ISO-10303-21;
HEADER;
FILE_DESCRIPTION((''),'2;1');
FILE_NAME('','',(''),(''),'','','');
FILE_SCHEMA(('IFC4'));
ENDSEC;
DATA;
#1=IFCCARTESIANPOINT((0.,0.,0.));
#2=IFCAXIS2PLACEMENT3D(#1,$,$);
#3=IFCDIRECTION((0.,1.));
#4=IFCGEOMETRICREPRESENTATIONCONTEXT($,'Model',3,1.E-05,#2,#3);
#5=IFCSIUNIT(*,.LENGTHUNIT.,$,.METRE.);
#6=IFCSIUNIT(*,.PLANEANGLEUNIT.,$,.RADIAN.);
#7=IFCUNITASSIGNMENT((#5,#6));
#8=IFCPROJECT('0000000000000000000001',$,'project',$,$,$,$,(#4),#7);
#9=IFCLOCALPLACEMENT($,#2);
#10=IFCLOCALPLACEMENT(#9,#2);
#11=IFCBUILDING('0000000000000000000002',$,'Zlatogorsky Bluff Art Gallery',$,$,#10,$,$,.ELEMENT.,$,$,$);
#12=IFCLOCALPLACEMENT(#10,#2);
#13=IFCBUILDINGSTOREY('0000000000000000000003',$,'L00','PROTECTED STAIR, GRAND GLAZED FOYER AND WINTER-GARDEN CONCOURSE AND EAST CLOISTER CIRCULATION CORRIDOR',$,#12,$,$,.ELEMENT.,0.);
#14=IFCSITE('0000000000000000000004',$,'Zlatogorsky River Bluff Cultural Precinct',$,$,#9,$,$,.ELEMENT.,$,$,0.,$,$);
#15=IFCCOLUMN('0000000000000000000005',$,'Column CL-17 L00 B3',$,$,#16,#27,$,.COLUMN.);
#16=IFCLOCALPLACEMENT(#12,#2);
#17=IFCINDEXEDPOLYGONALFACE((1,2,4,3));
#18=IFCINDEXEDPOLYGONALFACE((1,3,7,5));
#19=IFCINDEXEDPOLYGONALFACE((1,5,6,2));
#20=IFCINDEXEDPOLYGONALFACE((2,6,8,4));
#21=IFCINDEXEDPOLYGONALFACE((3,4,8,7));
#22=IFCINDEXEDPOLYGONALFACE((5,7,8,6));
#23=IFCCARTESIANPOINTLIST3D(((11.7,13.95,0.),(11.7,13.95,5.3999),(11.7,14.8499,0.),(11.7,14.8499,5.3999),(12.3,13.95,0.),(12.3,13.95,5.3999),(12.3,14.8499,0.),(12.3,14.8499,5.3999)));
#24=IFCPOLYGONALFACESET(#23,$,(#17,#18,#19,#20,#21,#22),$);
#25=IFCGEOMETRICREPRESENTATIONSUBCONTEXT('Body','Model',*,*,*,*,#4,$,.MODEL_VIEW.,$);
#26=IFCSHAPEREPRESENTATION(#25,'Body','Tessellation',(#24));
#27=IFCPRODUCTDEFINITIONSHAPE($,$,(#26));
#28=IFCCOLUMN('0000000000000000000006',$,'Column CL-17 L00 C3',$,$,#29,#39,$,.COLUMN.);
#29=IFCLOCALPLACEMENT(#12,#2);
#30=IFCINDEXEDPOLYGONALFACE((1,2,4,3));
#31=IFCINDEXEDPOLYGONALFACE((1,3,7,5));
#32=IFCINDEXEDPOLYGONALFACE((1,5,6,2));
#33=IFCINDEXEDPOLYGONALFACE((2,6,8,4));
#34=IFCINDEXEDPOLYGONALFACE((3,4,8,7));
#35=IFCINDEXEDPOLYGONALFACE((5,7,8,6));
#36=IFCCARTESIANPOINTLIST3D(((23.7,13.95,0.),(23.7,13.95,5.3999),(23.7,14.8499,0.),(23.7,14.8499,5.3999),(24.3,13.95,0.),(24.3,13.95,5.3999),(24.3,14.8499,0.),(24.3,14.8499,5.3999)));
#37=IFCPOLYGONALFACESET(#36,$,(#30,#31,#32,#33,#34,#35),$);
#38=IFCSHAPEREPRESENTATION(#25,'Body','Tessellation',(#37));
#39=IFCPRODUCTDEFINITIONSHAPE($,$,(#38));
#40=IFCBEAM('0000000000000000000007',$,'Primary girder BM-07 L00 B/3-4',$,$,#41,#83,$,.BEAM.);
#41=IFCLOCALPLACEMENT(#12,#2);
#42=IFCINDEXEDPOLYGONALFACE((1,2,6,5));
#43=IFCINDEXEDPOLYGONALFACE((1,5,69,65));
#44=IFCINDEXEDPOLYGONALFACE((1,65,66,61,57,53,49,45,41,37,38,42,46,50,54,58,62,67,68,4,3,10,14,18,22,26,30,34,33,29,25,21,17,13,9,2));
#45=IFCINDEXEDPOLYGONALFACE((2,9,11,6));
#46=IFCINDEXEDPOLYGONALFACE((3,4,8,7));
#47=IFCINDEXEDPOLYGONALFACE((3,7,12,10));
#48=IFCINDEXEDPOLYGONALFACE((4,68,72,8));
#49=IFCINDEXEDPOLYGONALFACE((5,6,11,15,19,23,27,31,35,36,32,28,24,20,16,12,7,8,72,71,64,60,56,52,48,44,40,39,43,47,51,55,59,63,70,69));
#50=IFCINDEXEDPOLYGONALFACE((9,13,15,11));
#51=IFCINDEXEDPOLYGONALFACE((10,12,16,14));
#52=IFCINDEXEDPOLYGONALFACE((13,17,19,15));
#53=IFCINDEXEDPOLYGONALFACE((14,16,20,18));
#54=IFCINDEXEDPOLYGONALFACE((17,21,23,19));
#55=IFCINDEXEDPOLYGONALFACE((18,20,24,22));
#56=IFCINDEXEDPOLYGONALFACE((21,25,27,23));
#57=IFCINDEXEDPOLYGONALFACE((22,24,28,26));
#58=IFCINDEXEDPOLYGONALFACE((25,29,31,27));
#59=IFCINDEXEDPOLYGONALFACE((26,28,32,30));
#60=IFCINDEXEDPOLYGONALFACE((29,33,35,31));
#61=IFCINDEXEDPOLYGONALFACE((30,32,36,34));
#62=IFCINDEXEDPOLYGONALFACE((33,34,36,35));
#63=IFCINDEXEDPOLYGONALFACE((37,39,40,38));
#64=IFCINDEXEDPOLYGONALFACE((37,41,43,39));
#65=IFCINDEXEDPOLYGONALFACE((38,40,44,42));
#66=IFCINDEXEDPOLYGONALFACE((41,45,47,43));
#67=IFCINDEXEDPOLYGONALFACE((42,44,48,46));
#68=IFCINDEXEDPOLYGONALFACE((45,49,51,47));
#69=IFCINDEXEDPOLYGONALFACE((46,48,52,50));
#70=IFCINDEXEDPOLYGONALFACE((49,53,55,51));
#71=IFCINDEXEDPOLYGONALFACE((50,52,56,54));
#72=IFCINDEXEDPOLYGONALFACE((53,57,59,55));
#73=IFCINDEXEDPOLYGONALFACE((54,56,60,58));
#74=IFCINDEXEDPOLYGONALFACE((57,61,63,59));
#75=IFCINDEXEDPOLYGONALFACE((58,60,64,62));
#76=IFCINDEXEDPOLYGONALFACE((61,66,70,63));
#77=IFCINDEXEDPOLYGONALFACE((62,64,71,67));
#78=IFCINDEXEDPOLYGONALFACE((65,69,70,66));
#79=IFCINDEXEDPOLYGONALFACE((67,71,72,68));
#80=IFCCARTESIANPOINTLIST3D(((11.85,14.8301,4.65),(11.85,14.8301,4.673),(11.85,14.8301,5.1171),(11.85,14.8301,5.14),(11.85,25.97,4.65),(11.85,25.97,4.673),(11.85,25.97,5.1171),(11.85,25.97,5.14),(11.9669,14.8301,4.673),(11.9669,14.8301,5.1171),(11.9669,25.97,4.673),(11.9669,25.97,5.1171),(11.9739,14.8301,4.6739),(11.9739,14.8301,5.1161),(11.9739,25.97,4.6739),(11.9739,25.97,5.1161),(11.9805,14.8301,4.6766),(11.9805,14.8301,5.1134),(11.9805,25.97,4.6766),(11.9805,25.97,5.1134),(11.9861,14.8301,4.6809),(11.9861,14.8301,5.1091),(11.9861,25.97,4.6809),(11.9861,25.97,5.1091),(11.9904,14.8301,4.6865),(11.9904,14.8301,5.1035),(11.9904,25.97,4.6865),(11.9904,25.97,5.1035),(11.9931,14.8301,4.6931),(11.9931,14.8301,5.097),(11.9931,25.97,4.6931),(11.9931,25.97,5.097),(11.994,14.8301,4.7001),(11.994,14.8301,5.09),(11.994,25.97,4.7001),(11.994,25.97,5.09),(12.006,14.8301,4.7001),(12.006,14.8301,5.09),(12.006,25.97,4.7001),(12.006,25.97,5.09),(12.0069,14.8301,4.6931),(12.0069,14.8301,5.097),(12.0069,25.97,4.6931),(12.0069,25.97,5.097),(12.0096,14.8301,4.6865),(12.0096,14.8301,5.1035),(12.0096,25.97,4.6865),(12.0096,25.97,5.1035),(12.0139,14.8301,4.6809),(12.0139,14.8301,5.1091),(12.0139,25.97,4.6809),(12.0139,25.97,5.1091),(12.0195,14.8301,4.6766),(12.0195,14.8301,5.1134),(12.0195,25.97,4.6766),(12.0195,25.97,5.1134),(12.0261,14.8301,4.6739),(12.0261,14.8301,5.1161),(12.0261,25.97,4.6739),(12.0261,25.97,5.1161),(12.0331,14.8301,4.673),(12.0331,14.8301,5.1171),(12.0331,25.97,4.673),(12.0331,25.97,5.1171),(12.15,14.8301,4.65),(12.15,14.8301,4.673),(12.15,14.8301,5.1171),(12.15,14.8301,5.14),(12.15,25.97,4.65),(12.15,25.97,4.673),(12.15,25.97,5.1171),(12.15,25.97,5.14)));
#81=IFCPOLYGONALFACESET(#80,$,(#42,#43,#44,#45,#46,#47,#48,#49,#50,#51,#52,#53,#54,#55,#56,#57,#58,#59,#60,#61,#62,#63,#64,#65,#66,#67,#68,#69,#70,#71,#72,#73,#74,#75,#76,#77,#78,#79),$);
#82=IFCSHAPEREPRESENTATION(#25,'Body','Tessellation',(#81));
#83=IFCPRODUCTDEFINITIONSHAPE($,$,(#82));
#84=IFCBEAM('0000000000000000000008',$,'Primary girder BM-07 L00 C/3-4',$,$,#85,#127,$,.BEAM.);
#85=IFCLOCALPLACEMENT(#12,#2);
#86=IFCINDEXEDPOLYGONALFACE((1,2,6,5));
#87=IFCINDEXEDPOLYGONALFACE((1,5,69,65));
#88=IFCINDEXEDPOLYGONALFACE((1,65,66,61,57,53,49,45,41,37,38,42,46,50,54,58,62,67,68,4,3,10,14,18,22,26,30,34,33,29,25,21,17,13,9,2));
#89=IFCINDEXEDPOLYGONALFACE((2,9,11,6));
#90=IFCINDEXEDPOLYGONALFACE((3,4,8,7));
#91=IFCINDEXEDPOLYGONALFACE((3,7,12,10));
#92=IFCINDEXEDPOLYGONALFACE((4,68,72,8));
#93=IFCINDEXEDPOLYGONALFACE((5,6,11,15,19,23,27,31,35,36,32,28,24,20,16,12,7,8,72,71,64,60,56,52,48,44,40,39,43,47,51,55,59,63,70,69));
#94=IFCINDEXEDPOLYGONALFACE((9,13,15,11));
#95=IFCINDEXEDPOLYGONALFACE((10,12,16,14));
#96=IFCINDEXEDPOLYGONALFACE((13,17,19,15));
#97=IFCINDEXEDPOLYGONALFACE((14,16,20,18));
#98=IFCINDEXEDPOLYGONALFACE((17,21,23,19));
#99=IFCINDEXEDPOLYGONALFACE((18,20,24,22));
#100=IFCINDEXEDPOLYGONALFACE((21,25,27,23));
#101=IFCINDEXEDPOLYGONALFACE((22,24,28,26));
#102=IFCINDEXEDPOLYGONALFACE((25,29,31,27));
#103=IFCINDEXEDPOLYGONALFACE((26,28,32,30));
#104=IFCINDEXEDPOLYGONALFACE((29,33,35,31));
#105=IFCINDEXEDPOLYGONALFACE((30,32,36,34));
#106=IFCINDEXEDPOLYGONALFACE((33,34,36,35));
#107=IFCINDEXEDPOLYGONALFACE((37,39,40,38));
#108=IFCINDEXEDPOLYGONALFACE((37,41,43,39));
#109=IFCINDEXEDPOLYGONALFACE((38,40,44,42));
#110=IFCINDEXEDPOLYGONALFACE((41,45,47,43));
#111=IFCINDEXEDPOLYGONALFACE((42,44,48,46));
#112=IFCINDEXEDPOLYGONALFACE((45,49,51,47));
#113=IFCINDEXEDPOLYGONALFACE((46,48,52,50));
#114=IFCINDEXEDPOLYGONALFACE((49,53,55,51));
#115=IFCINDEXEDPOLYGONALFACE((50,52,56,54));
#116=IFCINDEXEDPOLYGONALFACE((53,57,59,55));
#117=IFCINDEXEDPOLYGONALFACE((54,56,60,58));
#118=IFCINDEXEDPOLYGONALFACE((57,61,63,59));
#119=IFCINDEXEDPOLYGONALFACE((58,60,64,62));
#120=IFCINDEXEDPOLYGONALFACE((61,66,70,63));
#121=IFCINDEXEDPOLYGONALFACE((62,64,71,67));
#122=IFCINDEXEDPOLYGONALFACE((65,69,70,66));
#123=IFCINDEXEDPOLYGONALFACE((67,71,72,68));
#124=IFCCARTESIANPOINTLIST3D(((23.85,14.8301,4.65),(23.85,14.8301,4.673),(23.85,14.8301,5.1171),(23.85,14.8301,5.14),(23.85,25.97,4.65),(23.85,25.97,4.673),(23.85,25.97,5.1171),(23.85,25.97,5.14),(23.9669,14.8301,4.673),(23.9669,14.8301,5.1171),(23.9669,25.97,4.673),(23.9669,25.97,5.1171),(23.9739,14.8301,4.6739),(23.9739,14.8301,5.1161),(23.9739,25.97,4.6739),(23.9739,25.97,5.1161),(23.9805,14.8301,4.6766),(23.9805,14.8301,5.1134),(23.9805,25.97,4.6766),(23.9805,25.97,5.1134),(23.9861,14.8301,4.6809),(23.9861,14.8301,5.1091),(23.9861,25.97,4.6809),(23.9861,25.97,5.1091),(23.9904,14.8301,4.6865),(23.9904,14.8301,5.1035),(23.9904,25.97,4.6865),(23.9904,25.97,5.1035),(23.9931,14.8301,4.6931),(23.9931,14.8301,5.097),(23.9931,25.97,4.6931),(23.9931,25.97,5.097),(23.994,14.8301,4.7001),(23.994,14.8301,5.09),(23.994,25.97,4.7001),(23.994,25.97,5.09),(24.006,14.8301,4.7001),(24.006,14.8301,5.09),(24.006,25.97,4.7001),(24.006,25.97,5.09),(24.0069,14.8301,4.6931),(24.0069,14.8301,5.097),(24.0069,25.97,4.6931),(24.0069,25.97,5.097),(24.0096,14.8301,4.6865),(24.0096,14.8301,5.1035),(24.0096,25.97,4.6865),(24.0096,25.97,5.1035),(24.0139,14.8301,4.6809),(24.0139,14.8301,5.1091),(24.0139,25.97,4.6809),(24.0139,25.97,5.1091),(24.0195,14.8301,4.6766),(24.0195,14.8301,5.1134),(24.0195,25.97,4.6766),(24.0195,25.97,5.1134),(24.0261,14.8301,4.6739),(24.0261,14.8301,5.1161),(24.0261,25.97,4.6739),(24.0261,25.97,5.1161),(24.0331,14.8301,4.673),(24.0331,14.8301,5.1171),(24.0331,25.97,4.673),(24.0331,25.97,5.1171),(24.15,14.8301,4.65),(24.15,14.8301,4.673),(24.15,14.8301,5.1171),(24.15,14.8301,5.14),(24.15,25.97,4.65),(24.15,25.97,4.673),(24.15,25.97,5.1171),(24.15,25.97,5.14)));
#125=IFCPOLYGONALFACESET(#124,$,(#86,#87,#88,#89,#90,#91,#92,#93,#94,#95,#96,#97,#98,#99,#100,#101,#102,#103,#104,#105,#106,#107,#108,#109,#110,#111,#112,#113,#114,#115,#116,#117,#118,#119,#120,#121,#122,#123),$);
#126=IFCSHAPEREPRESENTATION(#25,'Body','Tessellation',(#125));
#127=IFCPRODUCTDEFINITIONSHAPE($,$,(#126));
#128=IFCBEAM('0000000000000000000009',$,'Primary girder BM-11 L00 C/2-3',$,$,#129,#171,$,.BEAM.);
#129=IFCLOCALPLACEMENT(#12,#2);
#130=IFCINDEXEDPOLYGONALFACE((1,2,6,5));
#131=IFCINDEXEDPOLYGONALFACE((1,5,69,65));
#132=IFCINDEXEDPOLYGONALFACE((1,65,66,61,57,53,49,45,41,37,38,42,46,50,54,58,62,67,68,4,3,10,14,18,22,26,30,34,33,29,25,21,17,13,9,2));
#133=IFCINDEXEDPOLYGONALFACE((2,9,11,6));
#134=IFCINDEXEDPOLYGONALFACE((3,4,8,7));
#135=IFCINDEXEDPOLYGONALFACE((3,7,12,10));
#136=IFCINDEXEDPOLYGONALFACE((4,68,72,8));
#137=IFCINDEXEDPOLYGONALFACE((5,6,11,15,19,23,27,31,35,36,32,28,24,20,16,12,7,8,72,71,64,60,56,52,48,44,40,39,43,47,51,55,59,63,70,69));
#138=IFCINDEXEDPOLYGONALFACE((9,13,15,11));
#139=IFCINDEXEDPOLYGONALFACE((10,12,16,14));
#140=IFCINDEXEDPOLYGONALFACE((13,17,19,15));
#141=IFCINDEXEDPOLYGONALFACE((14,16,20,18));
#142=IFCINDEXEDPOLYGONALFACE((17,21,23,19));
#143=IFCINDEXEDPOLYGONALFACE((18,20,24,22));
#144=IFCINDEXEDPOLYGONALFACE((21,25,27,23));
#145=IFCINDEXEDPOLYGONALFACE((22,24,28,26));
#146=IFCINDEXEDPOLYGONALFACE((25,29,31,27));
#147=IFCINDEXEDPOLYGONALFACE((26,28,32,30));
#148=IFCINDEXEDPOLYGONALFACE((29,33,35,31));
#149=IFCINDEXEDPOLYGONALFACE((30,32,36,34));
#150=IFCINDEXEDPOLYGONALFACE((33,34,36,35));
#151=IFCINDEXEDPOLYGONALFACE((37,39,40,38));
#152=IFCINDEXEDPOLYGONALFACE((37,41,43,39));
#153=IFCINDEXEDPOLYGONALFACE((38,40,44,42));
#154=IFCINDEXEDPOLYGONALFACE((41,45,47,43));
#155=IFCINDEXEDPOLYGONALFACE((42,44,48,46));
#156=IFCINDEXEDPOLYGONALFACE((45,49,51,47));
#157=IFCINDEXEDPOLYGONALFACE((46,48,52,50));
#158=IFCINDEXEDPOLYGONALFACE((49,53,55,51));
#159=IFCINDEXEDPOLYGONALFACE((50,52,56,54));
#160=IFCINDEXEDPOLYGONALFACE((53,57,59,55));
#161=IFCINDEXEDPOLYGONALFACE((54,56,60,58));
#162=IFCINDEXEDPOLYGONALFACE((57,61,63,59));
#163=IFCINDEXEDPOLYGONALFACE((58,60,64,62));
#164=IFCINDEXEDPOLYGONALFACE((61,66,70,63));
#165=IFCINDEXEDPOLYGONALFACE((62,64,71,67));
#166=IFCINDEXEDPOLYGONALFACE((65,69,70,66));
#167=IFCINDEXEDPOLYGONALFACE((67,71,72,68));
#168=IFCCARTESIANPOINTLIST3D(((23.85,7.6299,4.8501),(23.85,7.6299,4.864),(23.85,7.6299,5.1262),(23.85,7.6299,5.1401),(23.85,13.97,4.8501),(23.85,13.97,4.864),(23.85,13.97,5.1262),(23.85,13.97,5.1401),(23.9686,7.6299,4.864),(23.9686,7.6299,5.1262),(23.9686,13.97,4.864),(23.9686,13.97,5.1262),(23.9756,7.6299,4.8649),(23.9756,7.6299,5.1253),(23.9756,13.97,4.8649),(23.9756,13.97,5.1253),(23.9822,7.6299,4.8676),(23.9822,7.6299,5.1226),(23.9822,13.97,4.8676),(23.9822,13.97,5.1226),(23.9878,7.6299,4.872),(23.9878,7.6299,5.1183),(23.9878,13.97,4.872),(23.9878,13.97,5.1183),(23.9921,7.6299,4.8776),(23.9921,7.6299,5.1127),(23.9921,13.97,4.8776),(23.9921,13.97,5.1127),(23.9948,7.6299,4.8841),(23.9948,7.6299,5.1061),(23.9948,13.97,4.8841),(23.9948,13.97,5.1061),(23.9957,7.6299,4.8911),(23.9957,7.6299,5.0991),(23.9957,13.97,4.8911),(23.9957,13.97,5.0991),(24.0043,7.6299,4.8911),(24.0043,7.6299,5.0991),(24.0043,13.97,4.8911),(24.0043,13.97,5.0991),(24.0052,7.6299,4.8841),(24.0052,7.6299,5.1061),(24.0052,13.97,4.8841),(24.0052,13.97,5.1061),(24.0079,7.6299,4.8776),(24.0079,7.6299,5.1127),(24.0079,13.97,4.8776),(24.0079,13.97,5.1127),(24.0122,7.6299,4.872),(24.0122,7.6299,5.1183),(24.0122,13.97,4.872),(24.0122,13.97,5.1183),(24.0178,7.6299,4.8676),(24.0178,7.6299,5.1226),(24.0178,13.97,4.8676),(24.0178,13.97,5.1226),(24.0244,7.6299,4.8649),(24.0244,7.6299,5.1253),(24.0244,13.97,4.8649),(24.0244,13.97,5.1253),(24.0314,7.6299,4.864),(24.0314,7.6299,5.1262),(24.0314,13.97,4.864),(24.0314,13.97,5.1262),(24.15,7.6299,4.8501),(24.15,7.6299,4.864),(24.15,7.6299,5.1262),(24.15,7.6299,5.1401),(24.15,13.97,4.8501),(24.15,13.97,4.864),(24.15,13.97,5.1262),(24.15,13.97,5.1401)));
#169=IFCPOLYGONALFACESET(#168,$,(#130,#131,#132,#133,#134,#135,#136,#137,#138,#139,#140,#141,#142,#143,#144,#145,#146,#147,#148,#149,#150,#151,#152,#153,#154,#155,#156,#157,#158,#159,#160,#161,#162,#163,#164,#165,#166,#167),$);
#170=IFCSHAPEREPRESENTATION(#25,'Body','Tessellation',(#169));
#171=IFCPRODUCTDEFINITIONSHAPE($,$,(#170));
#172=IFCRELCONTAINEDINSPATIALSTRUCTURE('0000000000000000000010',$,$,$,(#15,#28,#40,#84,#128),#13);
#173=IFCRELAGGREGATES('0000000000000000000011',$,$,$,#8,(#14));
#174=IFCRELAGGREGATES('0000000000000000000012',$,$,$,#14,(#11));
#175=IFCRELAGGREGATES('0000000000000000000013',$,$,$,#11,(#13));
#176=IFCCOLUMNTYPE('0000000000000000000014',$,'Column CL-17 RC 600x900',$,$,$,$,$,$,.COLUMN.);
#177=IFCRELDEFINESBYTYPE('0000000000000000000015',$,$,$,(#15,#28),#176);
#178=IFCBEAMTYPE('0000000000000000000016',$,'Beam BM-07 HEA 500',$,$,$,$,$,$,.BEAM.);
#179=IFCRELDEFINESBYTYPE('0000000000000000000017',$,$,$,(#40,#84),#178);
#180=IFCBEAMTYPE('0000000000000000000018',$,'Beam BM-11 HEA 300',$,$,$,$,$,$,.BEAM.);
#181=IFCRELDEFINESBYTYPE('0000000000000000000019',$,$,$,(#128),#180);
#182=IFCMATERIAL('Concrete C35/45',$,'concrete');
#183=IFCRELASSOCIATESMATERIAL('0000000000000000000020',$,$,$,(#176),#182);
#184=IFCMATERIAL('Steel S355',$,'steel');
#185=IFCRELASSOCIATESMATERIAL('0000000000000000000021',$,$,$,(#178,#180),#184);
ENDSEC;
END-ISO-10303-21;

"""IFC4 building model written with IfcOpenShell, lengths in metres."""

from ifc_helpers import new_model, si_unit, direction, frame, origin, origin_2d, place, context, subcontext, project, spatial, rectangle, i_section, extrude, material, material_profile, profile_set, type_object, element, save


model = new_model("IFC4")

# Units and contexts
model_context = context("Model", 3, precision=1e-05, world=origin(), true_north=direction((0.0, 1.0)))
body_context = subcontext(model_context, "Body", "Model", "MODEL_VIEW")
ifc_project = project(units=[si_unit("LENGTHUNIT", "METRE"), si_unit("PLANEANGLEUNIT", "RADIAN")], contexts=[model_context])

# Site, building, storey
site_placement = place(None, origin())
site = spatial("IfcSite", under=ifc_project, at=site_placement, Name="Zlatogorsky River Bluff Cultural Precinct", CompositionType="ELEMENT", RefElevation=0.0)
building_placement = place(site_placement, origin())
building = spatial("IfcBuilding", under=site, at=building_placement, Name="Zlatogorsky Bluff Art Gallery", CompositionType="ELEMENT")
storey_placement = place(building_placement, origin())
storey = spatial("IfcBuildingStorey", under=building, at=storey_placement, Name="L00", Description="PROTECTED STAIR, GRAND GLAZED FOYER AND WINTER-GARDEN CONCOURSE AND EAST CLOISTER CIRCULATION CORRIDOR", CompositionType="ELEMENT", Elevation=0.0)

# Columns
ifc_material_1 = material(Name="Concrete C35/45", Category="concrete")
ifc_material_profile_1 = material_profile(ifc_material_1, rectangle(XDim=0.6001, YDim=0.8999, at=origin_2d()), Name="RC 600x900")
ifc_profile_set_1 = profile_set([ifc_material_profile_1], Name="Concrete C35/45")
column_type = type_object("IfcColumnType", Name="Column CL-17 RC 600x900", PredefinedType="COLUMN", material=ifc_profile_set_1)
for number, where, z_axis, x_axis, name in (
    (1, (12.0, 14.3999, 0.0), (0.0, 0.0, 1.0), (1.0, 0.0, 0.0), "Column CL-17 L00 B3"),
    (2, (24.0, 14.3999, 0.0), (0.0, 0.0, 1.0), (1.0, 0.0, 0.0), "Column CL-17 L00 C3"),
):
    element("IfcColumn", number, at=place(storey_placement, frame(where, z_axis=z_axis, x_axis=x_axis)), inside=storey, type_object=column_type, Name=name, PredefinedType="COLUMN", context=body_context, shape_type="SweptSolid", body=[
        extrude(rectangle(XDim=0.6001, YDim=0.8999, at=origin_2d()), origin(), (0.0, 0.0, 1.0), 5.3999),
    ])

# Beams
ifc_material_2 = material(Name="Steel S355", Category="steel")
ifc_material_profile_2 = material_profile(ifc_material_2, i_section(OverallWidth=0.3, OverallDepth=0.49, WebThickness=0.012, FlangeThickness=0.0229, FilletRadius=0.0271, at=origin_2d()), Name="HEA 500")
ifc_profile_set_2 = profile_set([ifc_material_profile_2], Name="Steel S355")
beam_type_1 = type_object("IfcBeamType", Name="Beam BM-07 HEA 500", PredefinedType="BEAM", material=ifc_profile_set_2)
for number, where, z_axis, x_axis, name in (
    (3, (12.0, 14.8301, 4.895), (0.0, 1.0, 0.0), (-1.0, 0.0, 0.0), "Primary girder BM-07 L00 B/3-4"),
    (4, (24.0, 14.8301, 4.895), (0.0, 1.0, 0.0), (-1.0, 0.0, 0.0), "Primary girder BM-07 L00 C/3-4"),
):
    element("IfcBeam", number, at=place(storey_placement, frame(where, z_axis=z_axis, x_axis=x_axis)), inside=storey, type_object=beam_type_1, Name=name, PredefinedType="BEAM", context=body_context, shape_type="SweptSolid", body=[
        extrude(i_section(OverallWidth=0.3, OverallDepth=0.49, WebThickness=0.012, FlangeThickness=0.0229, FilletRadius=0.0271, at=origin_2d()), origin(), (0.0, 0.0, 1.0), 11.1399),
    ])
ifc_material_profile_3 = material_profile(ifc_material_2, i_section(OverallWidth=0.3, OverallDepth=0.29, WebThickness=0.0085, FlangeThickness=0.0139, FilletRadius=0.0271, at=origin_2d()), Name="HEA 300")
ifc_profile_set_3 = profile_set([ifc_material_profile_3], Name="Steel S355")
beam_type_2 = type_object("IfcBeamType", Name="Beam BM-11 HEA 300", PredefinedType="BEAM", material=ifc_profile_set_3)
beam_1_placement = place(storey_placement, frame((24.0, 7.6299, 4.9951), z_axis=(0.0, 1.0, 0.0), x_axis=(-1.0, 0.0, 0.0)))
element("IfcBeam", 5, at=beam_1_placement, inside=storey, type_object=beam_type_2, Name="Primary girder BM-11 L00 C/2-3", PredefinedType="BEAM", context=body_context, shape_type="SweptSolid", body=[
    extrude(i_section(OverallWidth=0.3, OverallDepth=0.29, WebThickness=0.0085, FlangeThickness=0.0139, FilletRadius=0.0271, at=origin_2d()), origin(), (0.0, 0.0, 1.0), 6.3401),
])

save(model, "model.ifc")
